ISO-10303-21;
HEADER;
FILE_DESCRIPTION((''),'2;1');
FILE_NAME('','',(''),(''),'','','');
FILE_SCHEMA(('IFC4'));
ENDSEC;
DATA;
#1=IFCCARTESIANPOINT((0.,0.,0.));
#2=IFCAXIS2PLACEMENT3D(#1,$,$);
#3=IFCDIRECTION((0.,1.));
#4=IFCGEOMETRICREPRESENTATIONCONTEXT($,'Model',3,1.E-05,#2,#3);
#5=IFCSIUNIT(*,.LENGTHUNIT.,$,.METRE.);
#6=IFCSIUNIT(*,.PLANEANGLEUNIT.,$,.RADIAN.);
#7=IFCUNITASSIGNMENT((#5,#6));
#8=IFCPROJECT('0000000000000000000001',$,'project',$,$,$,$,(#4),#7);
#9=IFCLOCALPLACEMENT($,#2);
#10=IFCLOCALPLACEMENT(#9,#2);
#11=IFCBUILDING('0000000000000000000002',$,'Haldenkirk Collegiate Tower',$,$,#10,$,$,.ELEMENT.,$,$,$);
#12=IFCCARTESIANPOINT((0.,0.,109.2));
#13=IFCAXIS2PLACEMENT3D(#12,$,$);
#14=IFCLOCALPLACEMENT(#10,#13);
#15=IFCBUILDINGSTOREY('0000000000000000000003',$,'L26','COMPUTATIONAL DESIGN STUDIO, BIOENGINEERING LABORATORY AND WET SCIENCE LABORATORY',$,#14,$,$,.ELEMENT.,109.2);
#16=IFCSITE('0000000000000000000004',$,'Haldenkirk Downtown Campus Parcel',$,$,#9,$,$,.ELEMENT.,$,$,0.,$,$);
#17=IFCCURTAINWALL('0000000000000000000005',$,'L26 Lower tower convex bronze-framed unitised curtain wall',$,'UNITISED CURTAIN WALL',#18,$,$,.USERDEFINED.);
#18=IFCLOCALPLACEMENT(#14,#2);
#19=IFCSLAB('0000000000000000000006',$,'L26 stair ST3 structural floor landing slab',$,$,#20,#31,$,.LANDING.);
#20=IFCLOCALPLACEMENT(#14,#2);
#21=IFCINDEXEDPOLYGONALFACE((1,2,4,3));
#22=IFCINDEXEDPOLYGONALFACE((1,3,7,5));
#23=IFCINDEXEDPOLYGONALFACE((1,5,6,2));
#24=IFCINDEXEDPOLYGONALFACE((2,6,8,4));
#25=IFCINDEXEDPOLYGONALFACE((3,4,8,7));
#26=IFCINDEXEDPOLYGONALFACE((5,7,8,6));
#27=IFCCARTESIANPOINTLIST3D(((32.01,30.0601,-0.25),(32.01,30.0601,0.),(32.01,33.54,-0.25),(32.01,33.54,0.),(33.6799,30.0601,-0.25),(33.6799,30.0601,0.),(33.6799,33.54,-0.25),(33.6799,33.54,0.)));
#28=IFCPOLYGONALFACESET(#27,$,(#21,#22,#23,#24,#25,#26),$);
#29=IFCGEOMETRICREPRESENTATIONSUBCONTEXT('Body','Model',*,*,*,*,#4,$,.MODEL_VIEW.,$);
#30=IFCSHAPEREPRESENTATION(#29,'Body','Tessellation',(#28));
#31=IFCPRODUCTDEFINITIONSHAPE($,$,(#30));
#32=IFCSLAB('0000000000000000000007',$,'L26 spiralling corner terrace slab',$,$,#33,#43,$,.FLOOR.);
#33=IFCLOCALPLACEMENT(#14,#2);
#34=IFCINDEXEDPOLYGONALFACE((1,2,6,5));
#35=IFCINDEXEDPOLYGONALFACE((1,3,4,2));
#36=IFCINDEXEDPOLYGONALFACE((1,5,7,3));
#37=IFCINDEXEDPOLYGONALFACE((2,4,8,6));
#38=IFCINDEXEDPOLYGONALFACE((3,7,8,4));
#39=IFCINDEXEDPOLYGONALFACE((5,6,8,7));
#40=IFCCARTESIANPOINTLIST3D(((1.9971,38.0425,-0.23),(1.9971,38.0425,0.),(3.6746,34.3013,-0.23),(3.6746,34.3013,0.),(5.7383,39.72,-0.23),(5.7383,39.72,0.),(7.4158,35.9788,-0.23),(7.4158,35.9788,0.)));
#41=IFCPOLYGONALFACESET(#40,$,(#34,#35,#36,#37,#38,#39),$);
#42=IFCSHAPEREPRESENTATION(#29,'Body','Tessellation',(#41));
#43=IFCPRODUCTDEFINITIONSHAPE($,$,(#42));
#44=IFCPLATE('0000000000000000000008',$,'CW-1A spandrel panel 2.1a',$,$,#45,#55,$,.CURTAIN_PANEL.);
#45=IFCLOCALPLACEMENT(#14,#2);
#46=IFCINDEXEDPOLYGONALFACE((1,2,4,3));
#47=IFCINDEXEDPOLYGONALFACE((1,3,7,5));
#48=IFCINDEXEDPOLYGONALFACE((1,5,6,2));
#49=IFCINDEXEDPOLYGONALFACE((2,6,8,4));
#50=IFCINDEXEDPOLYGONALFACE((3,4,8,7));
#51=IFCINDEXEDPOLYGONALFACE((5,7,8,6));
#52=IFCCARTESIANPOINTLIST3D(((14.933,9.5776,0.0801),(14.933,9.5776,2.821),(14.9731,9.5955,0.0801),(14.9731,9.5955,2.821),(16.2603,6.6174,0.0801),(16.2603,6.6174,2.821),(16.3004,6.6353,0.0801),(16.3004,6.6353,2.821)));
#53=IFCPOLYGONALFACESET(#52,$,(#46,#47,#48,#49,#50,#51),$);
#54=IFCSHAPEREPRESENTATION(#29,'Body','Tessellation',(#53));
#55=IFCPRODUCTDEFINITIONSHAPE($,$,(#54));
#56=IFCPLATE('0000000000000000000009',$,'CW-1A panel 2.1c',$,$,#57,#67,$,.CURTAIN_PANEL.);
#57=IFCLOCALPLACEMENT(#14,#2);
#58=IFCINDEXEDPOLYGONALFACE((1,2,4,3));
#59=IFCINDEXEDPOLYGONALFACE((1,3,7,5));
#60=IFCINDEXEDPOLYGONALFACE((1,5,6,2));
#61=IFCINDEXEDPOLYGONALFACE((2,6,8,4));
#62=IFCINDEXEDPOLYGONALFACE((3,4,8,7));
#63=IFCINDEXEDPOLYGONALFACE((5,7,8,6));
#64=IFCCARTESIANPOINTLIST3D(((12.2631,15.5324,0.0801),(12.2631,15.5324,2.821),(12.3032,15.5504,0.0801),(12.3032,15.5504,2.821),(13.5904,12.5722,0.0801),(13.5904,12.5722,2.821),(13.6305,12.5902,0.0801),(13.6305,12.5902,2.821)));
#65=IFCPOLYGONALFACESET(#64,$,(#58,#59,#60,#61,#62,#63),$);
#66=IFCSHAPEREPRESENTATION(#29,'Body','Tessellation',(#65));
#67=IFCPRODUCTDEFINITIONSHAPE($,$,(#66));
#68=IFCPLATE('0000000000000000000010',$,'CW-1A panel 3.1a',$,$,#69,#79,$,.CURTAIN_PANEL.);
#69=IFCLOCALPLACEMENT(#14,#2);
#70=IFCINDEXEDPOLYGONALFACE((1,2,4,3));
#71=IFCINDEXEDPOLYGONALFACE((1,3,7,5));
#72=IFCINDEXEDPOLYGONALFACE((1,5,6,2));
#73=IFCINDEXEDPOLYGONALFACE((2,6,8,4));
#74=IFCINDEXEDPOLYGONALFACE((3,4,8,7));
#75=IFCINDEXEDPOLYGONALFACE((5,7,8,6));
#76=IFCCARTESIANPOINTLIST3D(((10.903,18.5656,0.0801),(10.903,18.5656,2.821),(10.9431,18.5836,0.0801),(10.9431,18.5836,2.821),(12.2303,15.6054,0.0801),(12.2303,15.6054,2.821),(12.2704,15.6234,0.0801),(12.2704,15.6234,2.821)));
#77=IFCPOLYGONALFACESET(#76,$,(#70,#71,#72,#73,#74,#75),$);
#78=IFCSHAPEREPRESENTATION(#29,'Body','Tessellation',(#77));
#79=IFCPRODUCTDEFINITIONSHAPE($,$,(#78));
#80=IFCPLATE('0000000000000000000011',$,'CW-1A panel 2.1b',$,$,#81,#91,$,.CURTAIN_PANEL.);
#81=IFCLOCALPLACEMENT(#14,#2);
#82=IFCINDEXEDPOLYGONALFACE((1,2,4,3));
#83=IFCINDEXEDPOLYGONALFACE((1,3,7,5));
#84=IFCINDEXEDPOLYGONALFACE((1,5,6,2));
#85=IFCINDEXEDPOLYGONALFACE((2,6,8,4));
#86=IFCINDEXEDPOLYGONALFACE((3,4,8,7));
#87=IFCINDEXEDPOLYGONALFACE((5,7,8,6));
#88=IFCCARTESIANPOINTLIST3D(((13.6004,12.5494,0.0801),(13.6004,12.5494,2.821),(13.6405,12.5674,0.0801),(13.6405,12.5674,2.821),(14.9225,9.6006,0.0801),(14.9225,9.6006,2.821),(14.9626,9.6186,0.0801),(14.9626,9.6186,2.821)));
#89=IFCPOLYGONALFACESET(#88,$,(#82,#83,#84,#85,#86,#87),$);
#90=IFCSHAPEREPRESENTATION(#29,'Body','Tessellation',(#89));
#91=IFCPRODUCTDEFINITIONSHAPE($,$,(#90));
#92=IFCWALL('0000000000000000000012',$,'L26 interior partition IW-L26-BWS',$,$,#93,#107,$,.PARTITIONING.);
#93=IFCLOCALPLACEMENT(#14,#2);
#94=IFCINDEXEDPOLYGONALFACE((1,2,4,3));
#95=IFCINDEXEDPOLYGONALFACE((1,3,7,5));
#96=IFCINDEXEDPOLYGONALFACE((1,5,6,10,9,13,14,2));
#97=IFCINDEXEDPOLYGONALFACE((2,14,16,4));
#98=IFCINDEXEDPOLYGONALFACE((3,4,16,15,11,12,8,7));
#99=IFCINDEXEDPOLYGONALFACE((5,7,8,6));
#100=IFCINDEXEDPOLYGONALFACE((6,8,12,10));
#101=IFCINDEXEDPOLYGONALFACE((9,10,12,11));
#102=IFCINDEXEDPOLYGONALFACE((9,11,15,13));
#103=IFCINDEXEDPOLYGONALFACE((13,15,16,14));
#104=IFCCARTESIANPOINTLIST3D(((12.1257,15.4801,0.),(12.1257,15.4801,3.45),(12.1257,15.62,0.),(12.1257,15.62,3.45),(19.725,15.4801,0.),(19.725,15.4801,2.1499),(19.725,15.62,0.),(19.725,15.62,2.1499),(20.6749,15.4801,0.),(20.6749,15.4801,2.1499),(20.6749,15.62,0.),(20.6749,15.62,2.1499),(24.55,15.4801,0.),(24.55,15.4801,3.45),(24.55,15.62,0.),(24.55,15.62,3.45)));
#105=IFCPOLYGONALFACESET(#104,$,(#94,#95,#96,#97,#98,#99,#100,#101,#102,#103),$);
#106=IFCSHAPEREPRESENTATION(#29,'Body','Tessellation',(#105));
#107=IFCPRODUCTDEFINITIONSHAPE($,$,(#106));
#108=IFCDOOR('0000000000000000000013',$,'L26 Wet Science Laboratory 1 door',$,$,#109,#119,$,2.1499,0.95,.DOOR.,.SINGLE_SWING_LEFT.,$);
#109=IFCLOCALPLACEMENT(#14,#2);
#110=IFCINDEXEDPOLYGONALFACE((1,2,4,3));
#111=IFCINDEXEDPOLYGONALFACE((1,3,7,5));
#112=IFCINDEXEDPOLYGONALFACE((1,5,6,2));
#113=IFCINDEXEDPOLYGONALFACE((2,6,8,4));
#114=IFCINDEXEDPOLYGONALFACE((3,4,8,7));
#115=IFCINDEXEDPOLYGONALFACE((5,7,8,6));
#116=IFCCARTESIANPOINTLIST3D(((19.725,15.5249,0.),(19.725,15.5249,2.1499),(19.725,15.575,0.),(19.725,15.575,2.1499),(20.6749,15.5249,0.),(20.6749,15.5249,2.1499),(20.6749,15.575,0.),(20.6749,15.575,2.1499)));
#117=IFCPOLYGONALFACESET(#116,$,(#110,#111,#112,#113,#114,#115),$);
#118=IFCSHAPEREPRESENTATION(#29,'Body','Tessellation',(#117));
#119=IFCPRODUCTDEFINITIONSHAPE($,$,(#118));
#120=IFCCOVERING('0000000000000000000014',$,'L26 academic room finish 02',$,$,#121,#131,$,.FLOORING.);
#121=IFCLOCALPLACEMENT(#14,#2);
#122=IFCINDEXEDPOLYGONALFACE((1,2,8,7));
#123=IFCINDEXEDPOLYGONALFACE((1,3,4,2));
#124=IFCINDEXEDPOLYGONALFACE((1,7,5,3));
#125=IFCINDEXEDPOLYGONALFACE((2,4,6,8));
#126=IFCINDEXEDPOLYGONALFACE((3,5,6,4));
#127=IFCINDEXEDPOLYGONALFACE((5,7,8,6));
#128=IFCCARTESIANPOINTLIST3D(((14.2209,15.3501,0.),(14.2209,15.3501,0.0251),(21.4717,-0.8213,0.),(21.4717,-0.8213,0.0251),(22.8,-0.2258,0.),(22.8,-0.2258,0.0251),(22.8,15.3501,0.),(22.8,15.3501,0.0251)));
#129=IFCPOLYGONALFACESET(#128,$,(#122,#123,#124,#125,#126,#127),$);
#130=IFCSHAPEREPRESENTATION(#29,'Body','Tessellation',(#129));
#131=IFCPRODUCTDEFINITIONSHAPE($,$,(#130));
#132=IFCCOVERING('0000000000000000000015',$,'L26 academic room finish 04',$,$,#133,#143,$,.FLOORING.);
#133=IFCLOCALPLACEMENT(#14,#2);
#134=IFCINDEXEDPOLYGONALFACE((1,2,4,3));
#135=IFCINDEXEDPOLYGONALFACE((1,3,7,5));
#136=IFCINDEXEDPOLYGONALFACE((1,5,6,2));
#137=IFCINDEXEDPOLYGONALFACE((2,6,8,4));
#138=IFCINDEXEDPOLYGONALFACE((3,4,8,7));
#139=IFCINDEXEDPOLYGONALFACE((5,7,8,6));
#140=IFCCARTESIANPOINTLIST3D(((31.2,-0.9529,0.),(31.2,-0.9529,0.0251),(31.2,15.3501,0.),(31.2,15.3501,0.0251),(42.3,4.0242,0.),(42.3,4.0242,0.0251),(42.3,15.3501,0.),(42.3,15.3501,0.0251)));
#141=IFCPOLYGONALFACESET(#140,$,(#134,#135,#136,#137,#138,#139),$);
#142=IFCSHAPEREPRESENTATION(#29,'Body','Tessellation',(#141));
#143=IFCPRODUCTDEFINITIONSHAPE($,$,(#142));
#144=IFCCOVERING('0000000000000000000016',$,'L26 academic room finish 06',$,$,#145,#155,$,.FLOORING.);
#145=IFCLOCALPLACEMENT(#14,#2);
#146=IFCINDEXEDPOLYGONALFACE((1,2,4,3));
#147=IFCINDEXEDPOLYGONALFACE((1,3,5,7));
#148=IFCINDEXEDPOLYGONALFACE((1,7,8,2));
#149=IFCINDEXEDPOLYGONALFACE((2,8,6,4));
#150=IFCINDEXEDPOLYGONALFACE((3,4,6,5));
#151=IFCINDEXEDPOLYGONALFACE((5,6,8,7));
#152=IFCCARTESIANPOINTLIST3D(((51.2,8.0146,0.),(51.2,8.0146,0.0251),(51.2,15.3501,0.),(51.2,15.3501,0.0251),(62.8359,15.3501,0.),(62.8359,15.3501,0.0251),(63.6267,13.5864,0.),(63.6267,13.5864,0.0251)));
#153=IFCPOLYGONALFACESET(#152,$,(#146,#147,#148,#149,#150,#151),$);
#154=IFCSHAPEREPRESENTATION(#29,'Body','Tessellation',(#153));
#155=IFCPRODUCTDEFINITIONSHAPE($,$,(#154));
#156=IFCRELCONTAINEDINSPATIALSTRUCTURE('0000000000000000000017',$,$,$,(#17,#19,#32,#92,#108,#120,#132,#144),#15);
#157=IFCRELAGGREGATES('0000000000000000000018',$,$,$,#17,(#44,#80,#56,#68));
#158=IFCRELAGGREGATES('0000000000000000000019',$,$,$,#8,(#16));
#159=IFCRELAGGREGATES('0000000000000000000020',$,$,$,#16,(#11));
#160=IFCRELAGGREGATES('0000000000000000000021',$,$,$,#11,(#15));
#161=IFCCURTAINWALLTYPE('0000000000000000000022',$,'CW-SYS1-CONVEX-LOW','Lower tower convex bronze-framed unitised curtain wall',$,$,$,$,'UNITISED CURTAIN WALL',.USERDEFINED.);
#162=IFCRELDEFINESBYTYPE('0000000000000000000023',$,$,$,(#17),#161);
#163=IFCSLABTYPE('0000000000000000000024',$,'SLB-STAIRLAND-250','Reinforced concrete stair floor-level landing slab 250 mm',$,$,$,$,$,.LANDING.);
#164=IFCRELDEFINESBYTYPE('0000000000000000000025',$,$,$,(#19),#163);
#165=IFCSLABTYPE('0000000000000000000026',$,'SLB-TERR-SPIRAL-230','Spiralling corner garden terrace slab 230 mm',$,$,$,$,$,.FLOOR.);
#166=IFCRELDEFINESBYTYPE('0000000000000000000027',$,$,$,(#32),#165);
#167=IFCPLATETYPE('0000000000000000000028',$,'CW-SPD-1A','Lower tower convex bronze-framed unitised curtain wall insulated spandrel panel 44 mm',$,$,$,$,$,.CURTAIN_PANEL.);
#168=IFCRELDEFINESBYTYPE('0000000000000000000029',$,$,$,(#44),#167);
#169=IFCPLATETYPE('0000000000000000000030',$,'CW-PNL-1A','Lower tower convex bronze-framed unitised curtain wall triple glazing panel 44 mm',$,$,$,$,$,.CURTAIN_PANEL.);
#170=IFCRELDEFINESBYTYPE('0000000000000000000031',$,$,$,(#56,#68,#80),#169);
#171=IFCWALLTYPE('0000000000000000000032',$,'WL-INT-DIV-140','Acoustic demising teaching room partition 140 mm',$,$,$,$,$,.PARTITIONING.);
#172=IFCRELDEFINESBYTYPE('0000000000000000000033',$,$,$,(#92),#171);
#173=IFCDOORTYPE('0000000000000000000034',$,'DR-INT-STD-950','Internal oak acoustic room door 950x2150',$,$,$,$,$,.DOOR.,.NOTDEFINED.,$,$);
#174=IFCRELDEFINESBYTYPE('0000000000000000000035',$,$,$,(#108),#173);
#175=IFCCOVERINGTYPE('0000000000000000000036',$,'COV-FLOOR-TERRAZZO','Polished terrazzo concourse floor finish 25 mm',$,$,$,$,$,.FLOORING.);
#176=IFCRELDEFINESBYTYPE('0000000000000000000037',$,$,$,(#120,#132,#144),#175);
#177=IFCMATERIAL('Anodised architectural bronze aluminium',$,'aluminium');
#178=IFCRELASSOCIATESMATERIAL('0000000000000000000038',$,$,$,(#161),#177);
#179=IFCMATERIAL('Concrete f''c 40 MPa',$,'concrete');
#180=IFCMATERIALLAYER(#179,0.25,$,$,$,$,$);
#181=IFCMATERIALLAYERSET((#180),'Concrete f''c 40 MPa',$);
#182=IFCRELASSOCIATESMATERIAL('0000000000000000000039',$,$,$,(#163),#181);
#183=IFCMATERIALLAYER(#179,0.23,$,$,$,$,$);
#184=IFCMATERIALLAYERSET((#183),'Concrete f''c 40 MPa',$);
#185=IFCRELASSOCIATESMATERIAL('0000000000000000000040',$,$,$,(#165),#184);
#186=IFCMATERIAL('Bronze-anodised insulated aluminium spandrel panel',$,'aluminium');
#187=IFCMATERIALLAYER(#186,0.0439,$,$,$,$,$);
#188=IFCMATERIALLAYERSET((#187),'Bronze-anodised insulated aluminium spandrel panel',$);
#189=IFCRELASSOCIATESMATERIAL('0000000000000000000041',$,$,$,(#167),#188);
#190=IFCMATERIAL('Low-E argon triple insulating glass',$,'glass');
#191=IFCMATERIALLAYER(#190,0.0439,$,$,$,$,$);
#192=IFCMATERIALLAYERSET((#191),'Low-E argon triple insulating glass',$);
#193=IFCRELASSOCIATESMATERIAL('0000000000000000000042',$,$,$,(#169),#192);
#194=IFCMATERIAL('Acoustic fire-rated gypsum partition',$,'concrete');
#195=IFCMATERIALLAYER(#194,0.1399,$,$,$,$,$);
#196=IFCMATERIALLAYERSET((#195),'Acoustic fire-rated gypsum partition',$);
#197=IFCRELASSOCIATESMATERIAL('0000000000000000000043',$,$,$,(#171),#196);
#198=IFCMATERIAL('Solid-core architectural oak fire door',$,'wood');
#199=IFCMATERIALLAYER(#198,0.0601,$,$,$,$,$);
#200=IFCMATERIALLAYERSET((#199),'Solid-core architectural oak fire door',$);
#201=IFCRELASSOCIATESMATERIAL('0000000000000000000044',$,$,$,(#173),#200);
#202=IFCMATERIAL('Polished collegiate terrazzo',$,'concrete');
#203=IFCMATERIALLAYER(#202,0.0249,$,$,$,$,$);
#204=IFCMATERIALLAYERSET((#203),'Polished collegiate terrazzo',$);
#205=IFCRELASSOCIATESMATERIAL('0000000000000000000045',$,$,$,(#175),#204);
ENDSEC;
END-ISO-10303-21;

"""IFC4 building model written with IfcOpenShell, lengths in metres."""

from ifc_helpers import new_model, si_unit, direction, frame, frame_2d, origin, origin_2d, place, context, subcontext, project, spatial, polyline, rectangle, outline, extrude, source, transform, mapped, material, layer, layer_set, type_object, element, fill, aggregate, save


model = new_model("IFC4")

# Units and contexts
model_context = context("Model", 3, precision=1e-05, world=origin(), true_north=direction((0.0, 1.0)))
body_context = subcontext(model_context, "Body", "Model", "MODEL_VIEW")
ifc_project = project(units=[si_unit("LENGTHUNIT", "METRE"), si_unit("PLANEANGLEUNIT", "RADIAN")], contexts=[model_context])

# Site, building, storey
site_placement = place(None, origin())
site = spatial("IfcSite", under=ifc_project, at=site_placement, Name="Haldenkirk Downtown Campus Parcel", CompositionType="ELEMENT", RefElevation=0.0)
building_placement = place(site_placement, origin())
building = spatial("IfcBuilding", under=site, at=building_placement, Name="Haldenkirk Collegiate Tower", CompositionType="ELEMENT")
storey_placement = place(building_placement, frame((0.0, 0.0, 109.2)))
storey = spatial("IfcBuildingStorey", under=building, at=storey_placement, Name="L26", Description="COMPUTATIONAL DESIGN STUDIO, BIOENGINEERING LABORATORY AND WET SCIENCE LABORATORY", CompositionType="ELEMENT", Elevation=109.2)

# Curtain wall
ifc_material_1 = material(Name="Anodised architectural bronze aluminium", Category="aluminium")
curtain_wall_type = type_object("IfcCurtainWallType", Name="CW-SYS1-CONVEX-LOW", Description="Lower tower convex bronze-framed unitised curtain wall", ElementType="UNITISED CURTAIN WALL", PredefinedType="USERDEFINED", material=ifc_material_1)
curtain_wall_placement = place(storey_placement, origin())
curtain_wall = element("IfcCurtainWall", 1, at=curtain_wall_placement, inside=storey, type_object=curtain_wall_type, Name="L26 Lower tower convex bronze-framed unitised curtain wall", ObjectType="UNITISED CURTAIN WALL", PredefinedType="USERDEFINED")

# Shared definitions
ifc_material_2 = material(Name="Concrete f'c 40 MPa", Category="concrete")

# Slabs
ifc_layer_1 = layer(ifc_material_2, 0.25)
ifc_layer_set_1 = layer_set([ifc_layer_1], Name="Concrete f'c 40 MPa")
slab_type_1 = type_object("IfcSlabType", Name="SLB-STAIRLAND-250", Description="Reinforced concrete stair floor-level landing slab 250 mm", PredefinedType="LANDING", material=ifc_layer_set_1)
slab_1_placement = place(storey_placement, frame((0.0, 0.0, -0.25)))
element("IfcSlab", 2, at=slab_1_placement, inside=storey, type_object=slab_type_1, Name="L26 stair ST3 structural floor landing slab", PredefinedType="LANDING", context=body_context, shape_type="SweptSolid", body=[
    extrude(outline(polyline([(32.01, 30.0601), (33.6799, 30.0601), (33.6799, 33.54), (32.01, 33.54), (32.01, 30.0601)])), origin(), (0.0, 0.0, 1.0), 0.25),
])
ifc_layer_2 = layer(ifc_material_2, 0.23)
ifc_layer_set_2 = layer_set([ifc_layer_2], Name="Concrete f'c 40 MPa")
slab_type_2 = type_object("IfcSlabType", Name="SLB-TERR-SPIRAL-230", Description="Spiralling corner garden terrace slab 230 mm", PredefinedType="FLOOR", material=ifc_layer_set_2)
slab_2_placement = place(storey_placement, frame((0.0, 0.0, -0.23)))
element("IfcSlab", 3, at=slab_2_placement, inside=storey, type_object=slab_type_2, Name="L26 spiralling corner terrace slab", PredefinedType="FLOOR", context=body_context, shape_type="SweptSolid", body=[
    extrude(outline(polyline([(3.6746, 34.3013), (7.4158, 35.9788), (5.7383, 39.72), (1.9971, 38.0425), (3.6746, 34.3013)])), origin(), (0.0, 0.0, 1.0), 0.23),
])

# Plates
ifc_material_3 = material(Name="Bronze-anodised insulated aluminium spandrel panel", Category="aluminium")
ifc_layer_3 = layer(ifc_material_3, 0.0439)
ifc_layer_set_3 = layer_set([ifc_layer_3], Name="Bronze-anodised insulated aluminium spandrel panel")
plate_type_1 = type_object("IfcPlateType", Name="CW-SPD-1A", Description="Lower tower convex bronze-framed unitised curtain wall insulated spandrel panel 44 mm", PredefinedType="CURTAIN_PANEL", material=ifc_layer_set_3)
shared_shape_1 = source(origin(), body_context, "Body", "SweptSolid", [
    extrude(rectangle(XDim=3.2441, YDim=0.0439, at=origin_2d()), origin(), (0.0, 0.0, 1.0), 2.741),
])
plate_1_placement = place(storey_placement, frame((15.6167, 8.1064, 0.0801), z_axis=(0.0, 0.0, 1.0), x_axis=(-0.409126, 0.912478, 0.0)))
plate_1 = element("IfcPlate", 4, at=plate_1_placement, type_object=plate_type_1, Name="CW-1A spandrel panel 2.1a", PredefinedType="CURTAIN_PANEL", context=body_context, shape_type="MappedRepresentation", body=[
    mapped(shared_shape_1, transform((0.0, 0.0, 0.0), x_axis=(1.0, 0.0, 0.0), y_axis=(0.0, 1.0, 0.0), z_axis=(0.0, 0.0, 1.0), scale=1.0)),
])
ifc_material_4 = material(Name="Low-E argon triple insulating glass", Category="glass")
ifc_layer_4 = layer(ifc_material_4, 0.0439)
ifc_layer_set_4 = layer_set([ifc_layer_4], Name="Low-E argon triple insulating glass")
plate_type_2 = type_object("IfcPlateType", Name="CW-PNL-1A", Description="Lower tower convex bronze-framed unitised curtain wall triple glazing panel 44 mm", PredefinedType="CURTAIN_PANEL", material=ifc_layer_set_4)
plate_2_placement = place(storey_placement, frame((12.9468, 14.0613, 0.0801), z_axis=(0.0, 0.0, 1.0), x_axis=(-0.409126, 0.912478, 0.0)))
plate_2 = element("IfcPlate", 5, at=plate_2_placement, type_object=plate_type_2, Name="CW-1A panel 2.1c", PredefinedType="CURTAIN_PANEL", context=body_context, shape_type="MappedRepresentation", body=[
    mapped(shared_shape_1, transform((0.0, 0.0, 0.0), x_axis=(1.0, 0.0, 0.0), y_axis=(0.0, 1.0, 0.0), z_axis=(0.0, 0.0, 1.0), scale=1.0)),
])
plate_3_placement = place(storey_placement, frame((11.5867, 17.0945, 0.0801), z_axis=(0.0, 0.0, 1.0), x_axis=(-0.409126, 0.912478, 0.0)))
plate_3 = element("IfcPlate", 6, at=plate_3_placement, type_object=plate_type_2, Name="CW-1A panel 3.1a", PredefinedType="CURTAIN_PANEL", context=body_context, shape_type="MappedRepresentation", body=[
    mapped(shared_shape_1, transform((0.0, 0.0, 0.0), x_axis=(1.0, 0.0, 0.0), y_axis=(0.0, 1.0, 0.0), z_axis=(0.0, 0.0, 1.0), scale=1.0)),
])
shared_shape_2 = source(origin(), body_context, "Body", "SweptSolid", [
    extrude(rectangle(XDim=3.2317, YDim=0.0439, at=origin_2d()), origin(), (0.0, 0.0, 1.0), 2.741),
])
plate_4_placement = place(storey_placement, frame((14.2815, 11.084, 0.0801), z_axis=(0.0, 0.0, 1.0), x_axis=(-0.409126, 0.912478, 0.0)))
plate_4 = element("IfcPlate", 7, at=plate_4_placement, type_object=plate_type_2, Name="CW-1A panel 2.1b", PredefinedType="CURTAIN_PANEL", context=body_context, shape_type="MappedRepresentation", body=[
    mapped(shared_shape_2, transform((0.0, 0.0, 0.0), x_axis=(1.0, 0.0, 0.0), y_axis=(0.0, 1.0, 0.0), z_axis=(0.0, 0.0, 1.0), scale=1.0)),
])
aggregate(curtain_wall, [plate_1, plate_4, plate_2, plate_3])

# Wall, opening, door
ifc_material_5 = material(Name="Acoustic fire-rated gypsum partition", Category="concrete")
ifc_layer_5 = layer(ifc_material_5, 0.1399)
ifc_layer_set_5 = layer_set([ifc_layer_5], Name="Acoustic fire-rated gypsum partition")
wall_type = type_object("IfcWallType", Name="WL-INT-DIV-140", Description="Acoustic demising teaching room partition 140 mm", PredefinedType="PARTITIONING", material=ifc_layer_set_5)
wall_placement = place(storey_placement, frame((12.1257, 15.55, 0.0), z_axis=(0.0, 0.0, 1.0), x_axis=(1.0, 0.0, 0.0)))
wall = element("IfcWall", 8, at=wall_placement, inside=storey, type_object=wall_type, Name="L26 interior partition IW-L26-BWS", PredefinedType="PARTITIONING", context=body_context, shape_type="SweptSolid", body=[
    extrude(rectangle(XDim=12.4243, YDim=0.1399, at=frame_2d((6.2122, 0.0))), origin(), (0.0, 0.0, 1.0), 3.45),
])
opening_placement = place(wall_placement, frame((7.5991, 0.0, 0.0)))
opening = element("IfcOpeningElement", 9, at=opening_placement, cuts=wall, PredefinedType="OPENING", context=body_context, shape_type="SweptSolid", body=[
    extrude(rectangle(XDim=0.95, YDim=2.1499, at=frame_2d((0.4751, 1.075))), frame((0.0, 0.0798, 0.0), z_axis=(0.0, -1.0, 0.0), x_axis=(1.0, 0.0, 0.0)), (0.0, 0.0, 1.0), 0.1599),
])
ifc_material_6 = material(Name="Solid-core architectural oak fire door", Category="wood")
ifc_layer_6 = layer(ifc_material_6, 0.0601)
ifc_layer_set_6 = layer_set([ifc_layer_6], Name="Solid-core architectural oak fire door")
door_type = type_object("IfcDoorType", Name="DR-INT-STD-950", Description="Internal oak acoustic room door 950x2150", OperationType="NOTDEFINED", PredefinedType="DOOR", material=ifc_layer_set_6)
door_placement = place(opening_placement, origin())
door = element("IfcDoor", 10, at=door_placement, inside=storey, type_object=door_type, Name="L26 Wet Science Laboratory 1 door", OperationType="SINGLE_SWING_LEFT", OverallHeight=2.1499, OverallWidth=0.95, PredefinedType="DOOR", context=body_context, shape_type="SweptSolid", body=[
    extrude(rectangle(XDim=0.95, YDim=2.1499, at=frame_2d((0.4751, 1.075))), frame((0.0, 0.0249, 0.0), z_axis=(0.0, -1.0, 0.0), x_axis=(1.0, 0.0, 0.0)), (0.0, 0.0, 1.0), 0.05),
])
fill(opening, door)

# Coverings
ifc_material_7 = material(Name="Polished collegiate terrazzo", Category="concrete")
ifc_layer_7 = layer(ifc_material_7, 0.0249)
ifc_layer_set_7 = layer_set([ifc_layer_7], Name="Polished collegiate terrazzo")
covering_type_1 = type_object("IfcCoveringType", Name="COV-FLOOR-TERRAZZO", Description="Polished terrazzo concourse floor finish 25 mm", PredefinedType="FLOORING", material=ifc_layer_set_7)
covering_1_placement = place(storey_placement, origin())
element("IfcCovering", 11, at=covering_1_placement, inside=storey, type_object=covering_type_1, Name="L26 academic room finish 02", PredefinedType="FLOORING", context=body_context, shape_type="SweptSolid", body=[
    extrude(outline(polyline([(21.4717, -0.8213), (14.2209, 15.3501), (22.8, 15.3501), (22.8, -0.2258), (21.4717, -0.8213)])), origin(), (0.0, 0.0, 1.0), 0.0251),
])
covering_2_placement = place(storey_placement, origin())
element("IfcCovering", 12, at=covering_2_placement, inside=storey, type_object=covering_type_1, Name="L26 academic room finish 04", PredefinedType="FLOORING", context=body_context, shape_type="SweptSolid", body=[
    extrude(outline(polyline([(31.2, -0.9529), (31.2, 15.3501), (42.3, 15.3501), (42.3, 4.0242), (31.2, -0.9529)])), origin(), (0.0, 0.0, 1.0), 0.0251),
])
covering_3_placement = place(storey_placement, origin())
element("IfcCovering", 13, at=covering_3_placement, inside=storey, type_object=covering_type_1, Name="L26 academic room finish 06", PredefinedType="FLOORING", context=body_context, shape_type="SweptSolid", body=[
    extrude(outline(polyline([(63.6267, 13.5864), (51.2, 8.0146), (51.2, 15.3501), (62.8359, 15.3501), (63.6267, 13.5864)])), origin(), (0.0, 0.0, 1.0), 0.0251),
])

save(model, "model.ifc")
